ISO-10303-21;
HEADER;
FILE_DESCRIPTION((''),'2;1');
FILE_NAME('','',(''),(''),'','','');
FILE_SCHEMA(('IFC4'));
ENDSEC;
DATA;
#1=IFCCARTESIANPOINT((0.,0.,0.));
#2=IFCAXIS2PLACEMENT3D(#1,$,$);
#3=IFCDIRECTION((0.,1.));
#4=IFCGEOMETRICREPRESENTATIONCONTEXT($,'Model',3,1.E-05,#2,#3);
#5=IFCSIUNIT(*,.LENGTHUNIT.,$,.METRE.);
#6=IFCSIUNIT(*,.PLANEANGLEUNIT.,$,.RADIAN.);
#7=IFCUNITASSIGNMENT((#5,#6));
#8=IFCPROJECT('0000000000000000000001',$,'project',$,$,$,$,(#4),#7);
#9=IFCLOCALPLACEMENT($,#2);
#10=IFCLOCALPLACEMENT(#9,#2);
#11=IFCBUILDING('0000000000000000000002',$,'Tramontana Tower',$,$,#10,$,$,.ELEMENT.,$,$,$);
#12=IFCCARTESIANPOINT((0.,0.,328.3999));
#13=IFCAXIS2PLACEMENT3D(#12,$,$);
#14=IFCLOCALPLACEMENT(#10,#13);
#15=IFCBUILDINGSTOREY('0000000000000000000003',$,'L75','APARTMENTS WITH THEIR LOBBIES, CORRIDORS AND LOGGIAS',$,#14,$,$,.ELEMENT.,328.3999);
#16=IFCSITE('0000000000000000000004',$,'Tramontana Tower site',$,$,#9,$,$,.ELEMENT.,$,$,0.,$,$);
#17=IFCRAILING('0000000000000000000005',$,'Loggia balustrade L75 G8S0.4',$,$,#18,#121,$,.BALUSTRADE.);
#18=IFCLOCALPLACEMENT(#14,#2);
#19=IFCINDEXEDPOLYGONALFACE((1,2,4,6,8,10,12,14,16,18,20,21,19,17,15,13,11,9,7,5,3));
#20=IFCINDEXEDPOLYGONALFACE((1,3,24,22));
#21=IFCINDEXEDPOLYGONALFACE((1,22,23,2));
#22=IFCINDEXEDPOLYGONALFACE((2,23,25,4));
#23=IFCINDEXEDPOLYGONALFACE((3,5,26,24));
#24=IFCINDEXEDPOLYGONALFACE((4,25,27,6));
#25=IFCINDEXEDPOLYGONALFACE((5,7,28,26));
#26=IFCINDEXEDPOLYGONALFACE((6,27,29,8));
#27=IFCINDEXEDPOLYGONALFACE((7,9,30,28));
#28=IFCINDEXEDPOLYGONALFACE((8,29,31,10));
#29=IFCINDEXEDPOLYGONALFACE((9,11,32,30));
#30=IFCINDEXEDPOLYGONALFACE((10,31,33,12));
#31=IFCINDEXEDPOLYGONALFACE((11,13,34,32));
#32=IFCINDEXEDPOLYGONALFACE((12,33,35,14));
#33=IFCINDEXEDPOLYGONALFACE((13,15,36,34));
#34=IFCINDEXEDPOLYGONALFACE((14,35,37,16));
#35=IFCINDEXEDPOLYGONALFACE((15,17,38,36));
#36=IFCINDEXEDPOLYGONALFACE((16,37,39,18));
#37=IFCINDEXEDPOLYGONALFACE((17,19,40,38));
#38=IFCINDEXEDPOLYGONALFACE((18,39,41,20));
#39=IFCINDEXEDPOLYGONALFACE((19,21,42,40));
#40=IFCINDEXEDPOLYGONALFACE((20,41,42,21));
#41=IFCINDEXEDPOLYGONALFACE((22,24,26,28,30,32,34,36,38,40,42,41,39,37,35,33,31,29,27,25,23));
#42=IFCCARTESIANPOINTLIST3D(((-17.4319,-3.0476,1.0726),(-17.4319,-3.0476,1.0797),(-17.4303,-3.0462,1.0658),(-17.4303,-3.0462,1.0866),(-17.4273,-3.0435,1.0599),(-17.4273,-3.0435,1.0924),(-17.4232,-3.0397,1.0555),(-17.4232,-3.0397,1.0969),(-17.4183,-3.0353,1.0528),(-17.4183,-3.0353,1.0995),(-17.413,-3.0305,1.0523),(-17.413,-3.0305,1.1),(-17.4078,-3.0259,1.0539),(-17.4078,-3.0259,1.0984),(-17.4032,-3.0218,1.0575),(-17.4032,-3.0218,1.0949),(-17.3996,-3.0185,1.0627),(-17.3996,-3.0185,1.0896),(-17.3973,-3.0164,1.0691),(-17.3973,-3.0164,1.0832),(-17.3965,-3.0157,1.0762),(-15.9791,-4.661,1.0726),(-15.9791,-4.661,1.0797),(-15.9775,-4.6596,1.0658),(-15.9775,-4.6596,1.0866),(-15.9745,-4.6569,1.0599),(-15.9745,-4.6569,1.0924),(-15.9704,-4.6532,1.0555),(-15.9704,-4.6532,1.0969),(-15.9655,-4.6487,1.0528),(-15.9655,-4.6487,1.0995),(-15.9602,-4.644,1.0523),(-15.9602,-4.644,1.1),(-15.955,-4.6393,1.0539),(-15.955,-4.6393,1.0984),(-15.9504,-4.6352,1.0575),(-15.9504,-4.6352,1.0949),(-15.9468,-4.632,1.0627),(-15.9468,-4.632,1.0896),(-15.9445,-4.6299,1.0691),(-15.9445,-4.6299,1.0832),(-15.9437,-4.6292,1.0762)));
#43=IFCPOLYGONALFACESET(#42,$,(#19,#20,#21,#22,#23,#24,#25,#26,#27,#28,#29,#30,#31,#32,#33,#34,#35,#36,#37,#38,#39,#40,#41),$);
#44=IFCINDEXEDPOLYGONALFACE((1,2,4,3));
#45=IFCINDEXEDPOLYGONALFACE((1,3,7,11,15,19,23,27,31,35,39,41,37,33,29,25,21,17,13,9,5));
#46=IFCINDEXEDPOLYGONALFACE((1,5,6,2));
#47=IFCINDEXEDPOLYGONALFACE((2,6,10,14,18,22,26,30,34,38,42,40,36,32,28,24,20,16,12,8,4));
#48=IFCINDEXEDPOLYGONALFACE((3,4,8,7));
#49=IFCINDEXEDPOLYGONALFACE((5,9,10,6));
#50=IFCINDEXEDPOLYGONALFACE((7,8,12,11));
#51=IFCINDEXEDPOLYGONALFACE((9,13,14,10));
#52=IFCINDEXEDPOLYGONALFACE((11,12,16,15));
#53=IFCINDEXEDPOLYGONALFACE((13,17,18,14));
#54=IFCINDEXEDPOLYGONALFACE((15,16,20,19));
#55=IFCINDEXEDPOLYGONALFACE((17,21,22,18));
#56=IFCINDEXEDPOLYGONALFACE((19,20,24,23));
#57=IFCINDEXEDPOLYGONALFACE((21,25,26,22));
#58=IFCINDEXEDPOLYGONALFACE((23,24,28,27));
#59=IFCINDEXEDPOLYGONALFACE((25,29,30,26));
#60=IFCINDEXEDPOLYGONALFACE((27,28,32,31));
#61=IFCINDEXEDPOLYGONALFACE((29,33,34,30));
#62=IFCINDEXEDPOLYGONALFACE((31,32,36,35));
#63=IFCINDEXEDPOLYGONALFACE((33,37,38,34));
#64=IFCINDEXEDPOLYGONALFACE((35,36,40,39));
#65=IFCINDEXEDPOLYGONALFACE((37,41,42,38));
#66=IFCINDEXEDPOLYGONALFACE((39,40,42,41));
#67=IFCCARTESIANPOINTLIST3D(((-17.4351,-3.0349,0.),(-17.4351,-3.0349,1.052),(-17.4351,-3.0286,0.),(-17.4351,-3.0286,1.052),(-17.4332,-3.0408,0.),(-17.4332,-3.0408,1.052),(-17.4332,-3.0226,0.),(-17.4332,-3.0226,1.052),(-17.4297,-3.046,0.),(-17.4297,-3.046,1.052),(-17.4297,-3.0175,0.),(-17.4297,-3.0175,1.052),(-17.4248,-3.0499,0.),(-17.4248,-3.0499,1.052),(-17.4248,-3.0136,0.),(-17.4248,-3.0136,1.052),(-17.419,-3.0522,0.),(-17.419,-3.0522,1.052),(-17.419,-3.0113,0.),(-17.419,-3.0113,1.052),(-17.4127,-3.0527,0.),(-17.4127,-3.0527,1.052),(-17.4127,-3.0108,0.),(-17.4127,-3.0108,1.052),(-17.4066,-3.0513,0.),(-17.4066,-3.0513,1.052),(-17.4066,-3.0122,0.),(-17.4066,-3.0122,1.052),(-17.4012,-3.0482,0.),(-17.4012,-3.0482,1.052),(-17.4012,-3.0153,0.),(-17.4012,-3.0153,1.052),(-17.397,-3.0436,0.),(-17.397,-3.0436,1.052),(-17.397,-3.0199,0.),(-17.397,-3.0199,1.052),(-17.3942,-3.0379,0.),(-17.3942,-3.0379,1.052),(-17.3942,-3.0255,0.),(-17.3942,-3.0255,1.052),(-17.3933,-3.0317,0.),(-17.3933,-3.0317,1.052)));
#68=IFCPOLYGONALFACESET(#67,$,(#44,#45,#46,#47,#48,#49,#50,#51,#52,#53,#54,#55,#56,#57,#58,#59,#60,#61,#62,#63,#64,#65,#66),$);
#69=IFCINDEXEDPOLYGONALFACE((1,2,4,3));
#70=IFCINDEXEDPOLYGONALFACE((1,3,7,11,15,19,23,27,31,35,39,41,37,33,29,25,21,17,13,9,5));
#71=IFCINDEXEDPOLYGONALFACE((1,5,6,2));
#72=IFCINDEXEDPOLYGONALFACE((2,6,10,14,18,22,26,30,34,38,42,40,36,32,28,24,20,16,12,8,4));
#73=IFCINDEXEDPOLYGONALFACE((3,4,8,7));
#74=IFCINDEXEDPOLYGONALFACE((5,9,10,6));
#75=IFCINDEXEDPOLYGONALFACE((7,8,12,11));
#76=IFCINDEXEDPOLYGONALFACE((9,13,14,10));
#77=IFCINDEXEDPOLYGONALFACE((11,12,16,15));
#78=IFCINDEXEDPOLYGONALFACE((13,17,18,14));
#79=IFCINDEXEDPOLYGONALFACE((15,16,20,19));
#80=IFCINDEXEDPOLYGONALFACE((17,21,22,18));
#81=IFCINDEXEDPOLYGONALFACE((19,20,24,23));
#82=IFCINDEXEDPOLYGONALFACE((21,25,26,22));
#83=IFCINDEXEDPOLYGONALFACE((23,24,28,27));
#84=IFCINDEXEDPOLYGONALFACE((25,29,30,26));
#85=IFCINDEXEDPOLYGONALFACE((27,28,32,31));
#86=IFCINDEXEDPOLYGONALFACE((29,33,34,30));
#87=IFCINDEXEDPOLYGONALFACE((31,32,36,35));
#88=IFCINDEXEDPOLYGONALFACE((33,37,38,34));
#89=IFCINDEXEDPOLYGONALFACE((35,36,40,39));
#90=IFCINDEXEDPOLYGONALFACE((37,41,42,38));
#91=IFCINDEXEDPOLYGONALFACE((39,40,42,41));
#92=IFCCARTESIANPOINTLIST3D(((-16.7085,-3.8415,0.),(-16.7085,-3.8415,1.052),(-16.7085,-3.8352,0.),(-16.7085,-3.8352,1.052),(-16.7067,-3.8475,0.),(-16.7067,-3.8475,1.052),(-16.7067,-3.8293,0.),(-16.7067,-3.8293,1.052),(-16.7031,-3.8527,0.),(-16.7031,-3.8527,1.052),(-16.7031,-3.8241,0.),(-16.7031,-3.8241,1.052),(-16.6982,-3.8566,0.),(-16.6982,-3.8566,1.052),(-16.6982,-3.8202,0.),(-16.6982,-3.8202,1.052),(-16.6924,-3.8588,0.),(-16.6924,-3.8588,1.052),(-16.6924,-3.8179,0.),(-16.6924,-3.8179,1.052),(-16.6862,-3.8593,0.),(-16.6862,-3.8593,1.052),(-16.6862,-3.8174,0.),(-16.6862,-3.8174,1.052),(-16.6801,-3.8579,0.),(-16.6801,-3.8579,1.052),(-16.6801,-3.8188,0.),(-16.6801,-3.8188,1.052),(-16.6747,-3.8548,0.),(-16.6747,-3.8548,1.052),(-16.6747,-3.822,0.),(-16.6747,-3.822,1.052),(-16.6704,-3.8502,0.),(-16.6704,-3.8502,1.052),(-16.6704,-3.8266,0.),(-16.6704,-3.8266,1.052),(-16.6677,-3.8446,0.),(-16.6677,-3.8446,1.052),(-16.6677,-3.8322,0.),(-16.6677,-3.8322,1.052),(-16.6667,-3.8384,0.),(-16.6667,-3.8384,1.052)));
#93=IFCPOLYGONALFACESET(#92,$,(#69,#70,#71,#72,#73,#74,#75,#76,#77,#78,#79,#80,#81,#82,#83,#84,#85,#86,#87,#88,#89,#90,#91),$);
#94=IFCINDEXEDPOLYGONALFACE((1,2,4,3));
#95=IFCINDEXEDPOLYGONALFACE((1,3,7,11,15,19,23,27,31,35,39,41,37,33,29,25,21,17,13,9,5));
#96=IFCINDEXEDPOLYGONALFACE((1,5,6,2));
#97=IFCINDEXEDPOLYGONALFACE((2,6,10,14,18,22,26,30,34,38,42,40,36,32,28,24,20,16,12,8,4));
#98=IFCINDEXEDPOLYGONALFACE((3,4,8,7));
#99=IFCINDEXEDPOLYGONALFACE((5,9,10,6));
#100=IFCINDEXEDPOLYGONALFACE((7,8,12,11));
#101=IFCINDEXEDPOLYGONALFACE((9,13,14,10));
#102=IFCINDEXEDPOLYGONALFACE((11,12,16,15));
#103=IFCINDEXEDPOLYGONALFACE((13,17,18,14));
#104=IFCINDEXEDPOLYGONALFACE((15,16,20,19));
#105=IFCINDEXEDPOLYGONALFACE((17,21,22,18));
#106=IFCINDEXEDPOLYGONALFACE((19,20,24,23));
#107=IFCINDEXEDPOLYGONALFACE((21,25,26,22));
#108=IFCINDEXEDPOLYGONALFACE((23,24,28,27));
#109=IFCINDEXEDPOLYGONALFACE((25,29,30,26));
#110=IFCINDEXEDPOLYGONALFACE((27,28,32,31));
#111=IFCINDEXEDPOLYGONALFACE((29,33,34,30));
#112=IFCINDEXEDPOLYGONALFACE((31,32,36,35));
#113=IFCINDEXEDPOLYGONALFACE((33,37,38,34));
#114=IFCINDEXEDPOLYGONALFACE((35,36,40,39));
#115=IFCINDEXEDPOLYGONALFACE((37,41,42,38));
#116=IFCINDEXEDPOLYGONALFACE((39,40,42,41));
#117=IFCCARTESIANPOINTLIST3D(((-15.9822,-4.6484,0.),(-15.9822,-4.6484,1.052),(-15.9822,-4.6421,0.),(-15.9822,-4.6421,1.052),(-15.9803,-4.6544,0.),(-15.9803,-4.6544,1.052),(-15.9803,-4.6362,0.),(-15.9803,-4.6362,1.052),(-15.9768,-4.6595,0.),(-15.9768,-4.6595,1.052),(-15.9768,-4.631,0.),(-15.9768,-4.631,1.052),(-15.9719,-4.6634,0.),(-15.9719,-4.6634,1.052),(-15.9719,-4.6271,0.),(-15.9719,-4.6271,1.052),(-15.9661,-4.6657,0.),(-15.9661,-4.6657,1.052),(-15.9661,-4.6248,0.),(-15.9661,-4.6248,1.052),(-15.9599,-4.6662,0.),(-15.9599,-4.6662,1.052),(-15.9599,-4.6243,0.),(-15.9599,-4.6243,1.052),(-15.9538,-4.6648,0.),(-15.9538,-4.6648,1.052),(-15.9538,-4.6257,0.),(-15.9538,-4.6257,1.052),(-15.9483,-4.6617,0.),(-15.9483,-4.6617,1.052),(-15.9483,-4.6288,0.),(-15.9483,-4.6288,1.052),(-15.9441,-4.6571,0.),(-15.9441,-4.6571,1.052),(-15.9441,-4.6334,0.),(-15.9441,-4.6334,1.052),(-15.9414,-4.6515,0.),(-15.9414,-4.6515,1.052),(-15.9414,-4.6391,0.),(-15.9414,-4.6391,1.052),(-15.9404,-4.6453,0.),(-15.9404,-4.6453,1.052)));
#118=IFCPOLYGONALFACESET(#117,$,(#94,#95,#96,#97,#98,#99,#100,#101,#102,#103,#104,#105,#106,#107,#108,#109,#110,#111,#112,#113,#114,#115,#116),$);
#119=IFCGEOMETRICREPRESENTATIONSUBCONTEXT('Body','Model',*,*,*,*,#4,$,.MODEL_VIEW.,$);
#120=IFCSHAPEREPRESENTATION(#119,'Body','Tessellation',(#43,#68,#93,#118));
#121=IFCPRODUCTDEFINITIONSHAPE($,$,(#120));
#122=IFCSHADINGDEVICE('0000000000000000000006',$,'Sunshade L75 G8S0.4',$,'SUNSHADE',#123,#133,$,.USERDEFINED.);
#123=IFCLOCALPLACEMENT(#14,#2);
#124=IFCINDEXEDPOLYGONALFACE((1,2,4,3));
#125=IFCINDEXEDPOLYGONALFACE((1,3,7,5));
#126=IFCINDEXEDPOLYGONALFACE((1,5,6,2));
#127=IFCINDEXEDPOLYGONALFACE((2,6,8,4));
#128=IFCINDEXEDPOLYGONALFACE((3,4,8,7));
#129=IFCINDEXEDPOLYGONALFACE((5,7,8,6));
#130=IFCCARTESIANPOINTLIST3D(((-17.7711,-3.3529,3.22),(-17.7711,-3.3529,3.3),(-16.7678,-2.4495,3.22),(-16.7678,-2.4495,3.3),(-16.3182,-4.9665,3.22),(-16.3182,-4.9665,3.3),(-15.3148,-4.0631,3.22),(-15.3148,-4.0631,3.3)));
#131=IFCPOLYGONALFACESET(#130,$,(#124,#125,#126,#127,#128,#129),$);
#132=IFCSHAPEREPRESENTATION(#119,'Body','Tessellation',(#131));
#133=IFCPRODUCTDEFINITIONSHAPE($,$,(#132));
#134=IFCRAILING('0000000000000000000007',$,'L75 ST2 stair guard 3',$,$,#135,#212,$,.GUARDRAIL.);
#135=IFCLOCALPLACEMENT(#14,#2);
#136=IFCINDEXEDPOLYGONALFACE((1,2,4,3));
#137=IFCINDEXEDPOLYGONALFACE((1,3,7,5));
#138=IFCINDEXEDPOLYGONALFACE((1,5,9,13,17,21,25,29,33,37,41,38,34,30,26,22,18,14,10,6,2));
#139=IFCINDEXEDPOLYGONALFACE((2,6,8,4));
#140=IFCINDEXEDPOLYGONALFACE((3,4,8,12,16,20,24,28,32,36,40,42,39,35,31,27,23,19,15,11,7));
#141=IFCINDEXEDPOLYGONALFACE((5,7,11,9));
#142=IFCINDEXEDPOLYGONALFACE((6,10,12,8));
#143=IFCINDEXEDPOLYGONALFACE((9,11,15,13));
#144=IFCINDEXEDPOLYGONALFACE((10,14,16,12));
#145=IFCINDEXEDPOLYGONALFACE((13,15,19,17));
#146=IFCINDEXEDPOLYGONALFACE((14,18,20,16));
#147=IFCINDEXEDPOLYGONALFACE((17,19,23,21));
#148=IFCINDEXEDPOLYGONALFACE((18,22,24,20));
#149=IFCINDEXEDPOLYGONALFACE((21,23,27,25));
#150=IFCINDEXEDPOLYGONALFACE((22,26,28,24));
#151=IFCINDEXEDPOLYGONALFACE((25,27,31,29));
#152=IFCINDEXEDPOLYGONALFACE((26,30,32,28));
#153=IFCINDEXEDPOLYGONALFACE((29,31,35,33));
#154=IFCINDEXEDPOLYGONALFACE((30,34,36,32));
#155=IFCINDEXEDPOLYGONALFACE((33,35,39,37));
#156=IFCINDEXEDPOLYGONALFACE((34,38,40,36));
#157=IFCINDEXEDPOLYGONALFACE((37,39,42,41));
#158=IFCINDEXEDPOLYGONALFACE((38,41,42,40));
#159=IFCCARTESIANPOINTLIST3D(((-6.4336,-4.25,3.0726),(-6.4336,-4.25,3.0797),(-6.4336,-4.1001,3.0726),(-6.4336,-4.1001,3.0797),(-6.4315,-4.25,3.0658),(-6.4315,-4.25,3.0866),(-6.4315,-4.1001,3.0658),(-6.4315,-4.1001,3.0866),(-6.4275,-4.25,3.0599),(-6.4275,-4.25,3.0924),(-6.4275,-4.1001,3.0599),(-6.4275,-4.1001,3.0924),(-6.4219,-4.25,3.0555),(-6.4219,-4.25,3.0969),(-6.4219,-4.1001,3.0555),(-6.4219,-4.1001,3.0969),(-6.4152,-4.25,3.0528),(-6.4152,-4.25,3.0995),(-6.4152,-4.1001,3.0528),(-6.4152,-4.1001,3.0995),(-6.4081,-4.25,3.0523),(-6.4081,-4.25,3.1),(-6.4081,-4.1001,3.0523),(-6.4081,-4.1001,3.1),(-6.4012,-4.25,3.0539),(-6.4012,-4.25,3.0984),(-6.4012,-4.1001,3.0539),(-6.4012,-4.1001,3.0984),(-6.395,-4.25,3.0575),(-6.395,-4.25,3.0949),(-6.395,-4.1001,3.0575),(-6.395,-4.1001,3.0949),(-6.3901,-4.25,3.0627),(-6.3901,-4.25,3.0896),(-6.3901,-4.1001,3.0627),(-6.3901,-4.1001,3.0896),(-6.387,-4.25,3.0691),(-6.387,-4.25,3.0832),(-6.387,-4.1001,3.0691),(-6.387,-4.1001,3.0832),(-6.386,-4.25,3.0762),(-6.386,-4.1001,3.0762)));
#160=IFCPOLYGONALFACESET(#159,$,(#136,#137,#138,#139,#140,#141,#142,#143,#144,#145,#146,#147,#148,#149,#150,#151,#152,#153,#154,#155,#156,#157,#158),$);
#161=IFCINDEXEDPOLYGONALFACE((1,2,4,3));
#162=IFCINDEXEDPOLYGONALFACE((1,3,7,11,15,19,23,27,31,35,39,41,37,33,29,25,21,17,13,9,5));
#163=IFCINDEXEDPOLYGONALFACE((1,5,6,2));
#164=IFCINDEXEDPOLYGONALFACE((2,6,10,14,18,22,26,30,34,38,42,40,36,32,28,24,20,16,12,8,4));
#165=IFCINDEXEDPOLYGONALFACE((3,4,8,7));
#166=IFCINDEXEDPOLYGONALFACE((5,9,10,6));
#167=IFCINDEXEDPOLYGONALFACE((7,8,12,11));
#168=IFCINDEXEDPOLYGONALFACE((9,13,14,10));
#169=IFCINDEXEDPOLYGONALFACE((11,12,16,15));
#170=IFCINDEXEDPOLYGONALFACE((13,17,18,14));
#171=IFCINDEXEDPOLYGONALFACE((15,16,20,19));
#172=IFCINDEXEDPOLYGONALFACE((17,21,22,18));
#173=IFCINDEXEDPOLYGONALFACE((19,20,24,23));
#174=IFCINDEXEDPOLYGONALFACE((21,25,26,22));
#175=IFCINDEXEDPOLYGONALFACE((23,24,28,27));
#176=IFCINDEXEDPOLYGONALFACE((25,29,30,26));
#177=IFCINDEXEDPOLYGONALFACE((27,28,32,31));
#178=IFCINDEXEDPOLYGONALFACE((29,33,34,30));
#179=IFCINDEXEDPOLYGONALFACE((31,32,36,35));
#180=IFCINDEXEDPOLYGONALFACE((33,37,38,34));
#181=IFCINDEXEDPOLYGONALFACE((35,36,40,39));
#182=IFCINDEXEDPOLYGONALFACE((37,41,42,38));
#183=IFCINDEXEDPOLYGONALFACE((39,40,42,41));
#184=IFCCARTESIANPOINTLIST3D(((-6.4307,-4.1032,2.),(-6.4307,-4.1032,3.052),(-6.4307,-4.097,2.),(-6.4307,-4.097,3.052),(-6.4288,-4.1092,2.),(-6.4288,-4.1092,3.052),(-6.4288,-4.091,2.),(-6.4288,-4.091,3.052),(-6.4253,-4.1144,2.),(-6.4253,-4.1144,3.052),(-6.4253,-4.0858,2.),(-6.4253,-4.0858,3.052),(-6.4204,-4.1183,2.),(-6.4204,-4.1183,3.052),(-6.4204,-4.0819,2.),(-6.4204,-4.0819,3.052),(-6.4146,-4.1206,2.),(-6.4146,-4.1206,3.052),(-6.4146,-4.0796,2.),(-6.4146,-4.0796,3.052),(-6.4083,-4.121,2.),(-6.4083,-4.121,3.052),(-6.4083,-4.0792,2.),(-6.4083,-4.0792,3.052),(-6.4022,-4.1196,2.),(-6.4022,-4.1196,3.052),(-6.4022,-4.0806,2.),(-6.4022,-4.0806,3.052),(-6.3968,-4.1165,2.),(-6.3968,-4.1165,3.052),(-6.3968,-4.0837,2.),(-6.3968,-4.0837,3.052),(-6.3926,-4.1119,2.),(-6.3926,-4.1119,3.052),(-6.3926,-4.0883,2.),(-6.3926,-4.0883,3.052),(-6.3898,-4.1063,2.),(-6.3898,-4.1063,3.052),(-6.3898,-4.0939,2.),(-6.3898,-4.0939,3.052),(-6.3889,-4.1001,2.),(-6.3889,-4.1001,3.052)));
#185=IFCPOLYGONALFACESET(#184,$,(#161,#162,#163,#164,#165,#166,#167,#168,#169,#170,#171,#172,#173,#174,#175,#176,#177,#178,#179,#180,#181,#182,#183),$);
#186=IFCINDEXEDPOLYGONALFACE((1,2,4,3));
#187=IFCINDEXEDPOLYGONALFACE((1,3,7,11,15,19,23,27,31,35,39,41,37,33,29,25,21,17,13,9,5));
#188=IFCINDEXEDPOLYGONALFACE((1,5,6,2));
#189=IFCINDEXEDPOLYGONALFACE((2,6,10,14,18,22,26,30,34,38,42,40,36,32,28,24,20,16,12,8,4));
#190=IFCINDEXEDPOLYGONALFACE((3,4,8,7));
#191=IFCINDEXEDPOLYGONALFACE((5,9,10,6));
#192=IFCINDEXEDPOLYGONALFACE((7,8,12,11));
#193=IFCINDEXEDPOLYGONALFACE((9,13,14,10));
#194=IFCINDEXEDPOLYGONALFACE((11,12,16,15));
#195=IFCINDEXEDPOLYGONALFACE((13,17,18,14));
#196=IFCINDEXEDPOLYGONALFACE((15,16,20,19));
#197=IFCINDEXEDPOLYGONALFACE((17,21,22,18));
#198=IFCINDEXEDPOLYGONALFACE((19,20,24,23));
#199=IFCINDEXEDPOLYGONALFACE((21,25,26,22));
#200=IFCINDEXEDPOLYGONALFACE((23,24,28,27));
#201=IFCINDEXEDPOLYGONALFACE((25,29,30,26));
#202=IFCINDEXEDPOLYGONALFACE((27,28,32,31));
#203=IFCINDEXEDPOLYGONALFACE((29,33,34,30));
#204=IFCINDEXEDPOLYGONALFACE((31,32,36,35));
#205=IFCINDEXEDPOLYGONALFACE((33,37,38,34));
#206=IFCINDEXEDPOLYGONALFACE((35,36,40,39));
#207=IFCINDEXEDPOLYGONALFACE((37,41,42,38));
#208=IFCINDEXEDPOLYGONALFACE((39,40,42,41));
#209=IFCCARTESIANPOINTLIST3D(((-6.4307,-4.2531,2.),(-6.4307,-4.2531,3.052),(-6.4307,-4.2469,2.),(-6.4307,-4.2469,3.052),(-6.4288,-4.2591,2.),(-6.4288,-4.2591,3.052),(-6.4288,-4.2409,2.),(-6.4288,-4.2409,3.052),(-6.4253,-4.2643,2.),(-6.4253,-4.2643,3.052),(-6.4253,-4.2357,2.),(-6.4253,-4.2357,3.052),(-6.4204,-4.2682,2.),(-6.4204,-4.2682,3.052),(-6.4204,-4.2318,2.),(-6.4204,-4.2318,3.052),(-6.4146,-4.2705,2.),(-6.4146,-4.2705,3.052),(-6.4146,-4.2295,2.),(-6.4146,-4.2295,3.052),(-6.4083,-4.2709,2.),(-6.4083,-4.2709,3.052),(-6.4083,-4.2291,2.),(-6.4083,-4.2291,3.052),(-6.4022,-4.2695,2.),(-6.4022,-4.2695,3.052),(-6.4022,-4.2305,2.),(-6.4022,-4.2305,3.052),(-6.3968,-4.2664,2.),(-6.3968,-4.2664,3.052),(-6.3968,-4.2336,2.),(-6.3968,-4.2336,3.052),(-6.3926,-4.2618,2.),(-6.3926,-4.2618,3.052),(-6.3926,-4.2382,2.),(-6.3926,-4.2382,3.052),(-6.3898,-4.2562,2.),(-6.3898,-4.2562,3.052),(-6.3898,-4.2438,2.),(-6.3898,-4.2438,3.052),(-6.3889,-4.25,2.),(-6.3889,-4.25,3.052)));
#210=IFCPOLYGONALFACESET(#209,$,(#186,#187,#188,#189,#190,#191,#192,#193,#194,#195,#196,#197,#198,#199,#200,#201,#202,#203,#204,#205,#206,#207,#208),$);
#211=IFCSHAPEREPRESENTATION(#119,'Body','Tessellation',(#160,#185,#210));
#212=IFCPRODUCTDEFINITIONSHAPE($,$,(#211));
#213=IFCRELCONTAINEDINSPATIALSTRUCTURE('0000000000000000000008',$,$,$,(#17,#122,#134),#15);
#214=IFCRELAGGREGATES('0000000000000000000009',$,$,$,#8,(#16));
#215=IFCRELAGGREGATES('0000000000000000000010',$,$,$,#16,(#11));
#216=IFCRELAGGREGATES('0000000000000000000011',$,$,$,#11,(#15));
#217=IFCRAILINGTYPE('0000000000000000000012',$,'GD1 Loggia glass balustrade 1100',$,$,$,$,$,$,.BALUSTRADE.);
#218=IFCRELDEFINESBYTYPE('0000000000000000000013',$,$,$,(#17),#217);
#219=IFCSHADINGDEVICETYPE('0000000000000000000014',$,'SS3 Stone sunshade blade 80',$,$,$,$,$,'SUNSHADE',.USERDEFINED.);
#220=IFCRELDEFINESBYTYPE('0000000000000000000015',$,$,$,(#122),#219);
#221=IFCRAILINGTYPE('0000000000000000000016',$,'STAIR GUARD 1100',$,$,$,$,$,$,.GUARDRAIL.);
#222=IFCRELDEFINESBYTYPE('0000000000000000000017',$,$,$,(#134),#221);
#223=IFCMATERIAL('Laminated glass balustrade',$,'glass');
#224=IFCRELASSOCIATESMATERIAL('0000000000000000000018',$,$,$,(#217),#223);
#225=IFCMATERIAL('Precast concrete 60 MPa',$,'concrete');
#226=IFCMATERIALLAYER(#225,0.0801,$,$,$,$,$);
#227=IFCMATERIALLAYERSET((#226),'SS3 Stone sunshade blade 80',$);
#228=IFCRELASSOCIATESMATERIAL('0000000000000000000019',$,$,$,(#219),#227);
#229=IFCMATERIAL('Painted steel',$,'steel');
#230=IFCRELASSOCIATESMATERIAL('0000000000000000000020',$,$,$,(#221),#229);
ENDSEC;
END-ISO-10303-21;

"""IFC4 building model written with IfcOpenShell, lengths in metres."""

from ifc_helpers import new_model, si_unit, direction, frame, origin, origin_2d, place, context, subcontext, project, spatial, rectangle, circle, extrude, material, layer, layer_set, type_object, element, save


model = new_model("IFC4")

# Units and contexts
model_context = context("Model", 3, precision=1e-05, world=origin(), true_north=direction((0.0, 1.0)))
body_context = subcontext(model_context, "Body", "Model", "MODEL_VIEW")
ifc_project = project(units=[si_unit("LENGTHUNIT", "METRE"), si_unit("PLANEANGLEUNIT", "RADIAN")], contexts=[model_context])

# Site, building, storey
site_placement = place(None, origin())
site = spatial("IfcSite", under=ifc_project, at=site_placement, Name="Tramontana Tower site", CompositionType="ELEMENT", RefElevation=0.0)
building_placement = place(site_placement, origin())
building = spatial("IfcBuilding", under=site, at=building_placement, Name="Tramontana Tower", CompositionType="ELEMENT")
storey_placement = place(building_placement, frame((0.0, 0.0, 328.3999)))
storey = spatial("IfcBuildingStorey", under=building, at=storey_placement, Name="L75", Description="APARTMENTS WITH THEIR LOBBIES, CORRIDORS AND LOGGIAS", CompositionType="ELEMENT", Elevation=328.3999)

# Railing
ifc_material_1 = material(Name="Laminated glass balustrade", Category="glass")
railing_type_1 = type_object("IfcRailingType", Name="GD1 Loggia glass balustrade 1100", PredefinedType="BALUSTRADE", material=ifc_material_1)
railing_1_placement = place(storey_placement, frame((-17.4143, -3.0317, 0.0)))
element("IfcRailing", 1, at=railing_1_placement, inside=storey, type_object=railing_type_1, Name="Loggia balustrade L75 G8S0.4", PredefinedType="BALUSTRADE", context=body_context, shape_type="SweptSolid", body=[
    extrude(circle(Radius=0.0239, at=origin_2d()), frame((0.0, 0.0, 1.0762), z_axis=(0.669145, -0.743132, 0.0), x_axis=(0.743132, 0.669145, 0.0)), (0.0, 0.0, 1.0), 2.1711),
    extrude(circle(Radius=0.021, at=origin_2d()), origin(), (0.0, 0.0, 1.0), 1.052),
    extrude(circle(Radius=0.021, at=origin_2d()), frame((0.7266, -0.8066, 0.0)), (0.0, 0.0, 1.0), 1.052),
    extrude(circle(Radius=0.021, at=origin_2d()), frame((1.4529, -1.6135, 0.0)), (0.0, 0.0, 1.0), 1.052),
])

# Shading device
ifc_material_2 = material(Name="Precast concrete 60 MPa", Category="concrete")
ifc_layer_1 = layer(ifc_material_2, 0.0801)
ifc_layer_set_1 = layer_set([ifc_layer_1], Name="SS3 Stone sunshade blade 80")
shading_device_type = type_object("IfcShadingDeviceType", Name="SS3 Stone sunshade blade 80", ElementType="SUNSHADE", PredefinedType="USERDEFINED", material=ifc_layer_set_1)
shading_device_placement = place(storey_placement, frame((-16.543, -3.708, 3.22), z_axis=(0.0, 0.0, 1.0), x_axis=(0.669131, -0.743145, 0.0)))
element("IfcShadingDevice", 2, at=shading_device_placement, inside=storey, type_object=shading_device_type, Name="Sunshade L75 G8S0.4", ObjectType="SUNSHADE", PredefinedType="USERDEFINED", context=body_context, shape_type="SweptSolid", body=[
    extrude(rectangle(XDim=2.1714, YDim=1.3501, at=origin_2d()), origin(), (0.0, 0.0, 1.0), 0.0801),
])

# Railing
ifc_material_3 = material(Name="Painted steel", Category="steel")
railing_type_2 = type_object("IfcRailingType", Name="STAIR GUARD 1100", PredefinedType="GUARDRAIL", material=ifc_material_3)
railing_2_placement = place(storey_placement, frame((-6.4099, -4.1001, 2.0)))
element("IfcRailing", 3, at=railing_2_placement, inside=storey, type_object=railing_type_2, Name="L75 ST2 stair guard 3", PredefinedType="GUARDRAIL", context=body_context, shape_type="SweptSolid", body=[
    extrude(circle(Radius=0.0239, at=origin_2d()), frame((0.0, 0.0, 1.0762), z_axis=(0.0, -1.0, 0.0), x_axis=(1.0, 0.0, 0.0)), (0.0, 0.0, 1.0), 0.1499),
    extrude(circle(Radius=0.021, at=origin_2d()), origin(), (0.0, 0.0, 1.0), 1.052),
    extrude(circle(Radius=0.021, at=origin_2d()), frame((0.0, -0.1499, 0.0)), (0.0, 0.0, 1.0), 1.052),
])

save(model, "model.ifc")
